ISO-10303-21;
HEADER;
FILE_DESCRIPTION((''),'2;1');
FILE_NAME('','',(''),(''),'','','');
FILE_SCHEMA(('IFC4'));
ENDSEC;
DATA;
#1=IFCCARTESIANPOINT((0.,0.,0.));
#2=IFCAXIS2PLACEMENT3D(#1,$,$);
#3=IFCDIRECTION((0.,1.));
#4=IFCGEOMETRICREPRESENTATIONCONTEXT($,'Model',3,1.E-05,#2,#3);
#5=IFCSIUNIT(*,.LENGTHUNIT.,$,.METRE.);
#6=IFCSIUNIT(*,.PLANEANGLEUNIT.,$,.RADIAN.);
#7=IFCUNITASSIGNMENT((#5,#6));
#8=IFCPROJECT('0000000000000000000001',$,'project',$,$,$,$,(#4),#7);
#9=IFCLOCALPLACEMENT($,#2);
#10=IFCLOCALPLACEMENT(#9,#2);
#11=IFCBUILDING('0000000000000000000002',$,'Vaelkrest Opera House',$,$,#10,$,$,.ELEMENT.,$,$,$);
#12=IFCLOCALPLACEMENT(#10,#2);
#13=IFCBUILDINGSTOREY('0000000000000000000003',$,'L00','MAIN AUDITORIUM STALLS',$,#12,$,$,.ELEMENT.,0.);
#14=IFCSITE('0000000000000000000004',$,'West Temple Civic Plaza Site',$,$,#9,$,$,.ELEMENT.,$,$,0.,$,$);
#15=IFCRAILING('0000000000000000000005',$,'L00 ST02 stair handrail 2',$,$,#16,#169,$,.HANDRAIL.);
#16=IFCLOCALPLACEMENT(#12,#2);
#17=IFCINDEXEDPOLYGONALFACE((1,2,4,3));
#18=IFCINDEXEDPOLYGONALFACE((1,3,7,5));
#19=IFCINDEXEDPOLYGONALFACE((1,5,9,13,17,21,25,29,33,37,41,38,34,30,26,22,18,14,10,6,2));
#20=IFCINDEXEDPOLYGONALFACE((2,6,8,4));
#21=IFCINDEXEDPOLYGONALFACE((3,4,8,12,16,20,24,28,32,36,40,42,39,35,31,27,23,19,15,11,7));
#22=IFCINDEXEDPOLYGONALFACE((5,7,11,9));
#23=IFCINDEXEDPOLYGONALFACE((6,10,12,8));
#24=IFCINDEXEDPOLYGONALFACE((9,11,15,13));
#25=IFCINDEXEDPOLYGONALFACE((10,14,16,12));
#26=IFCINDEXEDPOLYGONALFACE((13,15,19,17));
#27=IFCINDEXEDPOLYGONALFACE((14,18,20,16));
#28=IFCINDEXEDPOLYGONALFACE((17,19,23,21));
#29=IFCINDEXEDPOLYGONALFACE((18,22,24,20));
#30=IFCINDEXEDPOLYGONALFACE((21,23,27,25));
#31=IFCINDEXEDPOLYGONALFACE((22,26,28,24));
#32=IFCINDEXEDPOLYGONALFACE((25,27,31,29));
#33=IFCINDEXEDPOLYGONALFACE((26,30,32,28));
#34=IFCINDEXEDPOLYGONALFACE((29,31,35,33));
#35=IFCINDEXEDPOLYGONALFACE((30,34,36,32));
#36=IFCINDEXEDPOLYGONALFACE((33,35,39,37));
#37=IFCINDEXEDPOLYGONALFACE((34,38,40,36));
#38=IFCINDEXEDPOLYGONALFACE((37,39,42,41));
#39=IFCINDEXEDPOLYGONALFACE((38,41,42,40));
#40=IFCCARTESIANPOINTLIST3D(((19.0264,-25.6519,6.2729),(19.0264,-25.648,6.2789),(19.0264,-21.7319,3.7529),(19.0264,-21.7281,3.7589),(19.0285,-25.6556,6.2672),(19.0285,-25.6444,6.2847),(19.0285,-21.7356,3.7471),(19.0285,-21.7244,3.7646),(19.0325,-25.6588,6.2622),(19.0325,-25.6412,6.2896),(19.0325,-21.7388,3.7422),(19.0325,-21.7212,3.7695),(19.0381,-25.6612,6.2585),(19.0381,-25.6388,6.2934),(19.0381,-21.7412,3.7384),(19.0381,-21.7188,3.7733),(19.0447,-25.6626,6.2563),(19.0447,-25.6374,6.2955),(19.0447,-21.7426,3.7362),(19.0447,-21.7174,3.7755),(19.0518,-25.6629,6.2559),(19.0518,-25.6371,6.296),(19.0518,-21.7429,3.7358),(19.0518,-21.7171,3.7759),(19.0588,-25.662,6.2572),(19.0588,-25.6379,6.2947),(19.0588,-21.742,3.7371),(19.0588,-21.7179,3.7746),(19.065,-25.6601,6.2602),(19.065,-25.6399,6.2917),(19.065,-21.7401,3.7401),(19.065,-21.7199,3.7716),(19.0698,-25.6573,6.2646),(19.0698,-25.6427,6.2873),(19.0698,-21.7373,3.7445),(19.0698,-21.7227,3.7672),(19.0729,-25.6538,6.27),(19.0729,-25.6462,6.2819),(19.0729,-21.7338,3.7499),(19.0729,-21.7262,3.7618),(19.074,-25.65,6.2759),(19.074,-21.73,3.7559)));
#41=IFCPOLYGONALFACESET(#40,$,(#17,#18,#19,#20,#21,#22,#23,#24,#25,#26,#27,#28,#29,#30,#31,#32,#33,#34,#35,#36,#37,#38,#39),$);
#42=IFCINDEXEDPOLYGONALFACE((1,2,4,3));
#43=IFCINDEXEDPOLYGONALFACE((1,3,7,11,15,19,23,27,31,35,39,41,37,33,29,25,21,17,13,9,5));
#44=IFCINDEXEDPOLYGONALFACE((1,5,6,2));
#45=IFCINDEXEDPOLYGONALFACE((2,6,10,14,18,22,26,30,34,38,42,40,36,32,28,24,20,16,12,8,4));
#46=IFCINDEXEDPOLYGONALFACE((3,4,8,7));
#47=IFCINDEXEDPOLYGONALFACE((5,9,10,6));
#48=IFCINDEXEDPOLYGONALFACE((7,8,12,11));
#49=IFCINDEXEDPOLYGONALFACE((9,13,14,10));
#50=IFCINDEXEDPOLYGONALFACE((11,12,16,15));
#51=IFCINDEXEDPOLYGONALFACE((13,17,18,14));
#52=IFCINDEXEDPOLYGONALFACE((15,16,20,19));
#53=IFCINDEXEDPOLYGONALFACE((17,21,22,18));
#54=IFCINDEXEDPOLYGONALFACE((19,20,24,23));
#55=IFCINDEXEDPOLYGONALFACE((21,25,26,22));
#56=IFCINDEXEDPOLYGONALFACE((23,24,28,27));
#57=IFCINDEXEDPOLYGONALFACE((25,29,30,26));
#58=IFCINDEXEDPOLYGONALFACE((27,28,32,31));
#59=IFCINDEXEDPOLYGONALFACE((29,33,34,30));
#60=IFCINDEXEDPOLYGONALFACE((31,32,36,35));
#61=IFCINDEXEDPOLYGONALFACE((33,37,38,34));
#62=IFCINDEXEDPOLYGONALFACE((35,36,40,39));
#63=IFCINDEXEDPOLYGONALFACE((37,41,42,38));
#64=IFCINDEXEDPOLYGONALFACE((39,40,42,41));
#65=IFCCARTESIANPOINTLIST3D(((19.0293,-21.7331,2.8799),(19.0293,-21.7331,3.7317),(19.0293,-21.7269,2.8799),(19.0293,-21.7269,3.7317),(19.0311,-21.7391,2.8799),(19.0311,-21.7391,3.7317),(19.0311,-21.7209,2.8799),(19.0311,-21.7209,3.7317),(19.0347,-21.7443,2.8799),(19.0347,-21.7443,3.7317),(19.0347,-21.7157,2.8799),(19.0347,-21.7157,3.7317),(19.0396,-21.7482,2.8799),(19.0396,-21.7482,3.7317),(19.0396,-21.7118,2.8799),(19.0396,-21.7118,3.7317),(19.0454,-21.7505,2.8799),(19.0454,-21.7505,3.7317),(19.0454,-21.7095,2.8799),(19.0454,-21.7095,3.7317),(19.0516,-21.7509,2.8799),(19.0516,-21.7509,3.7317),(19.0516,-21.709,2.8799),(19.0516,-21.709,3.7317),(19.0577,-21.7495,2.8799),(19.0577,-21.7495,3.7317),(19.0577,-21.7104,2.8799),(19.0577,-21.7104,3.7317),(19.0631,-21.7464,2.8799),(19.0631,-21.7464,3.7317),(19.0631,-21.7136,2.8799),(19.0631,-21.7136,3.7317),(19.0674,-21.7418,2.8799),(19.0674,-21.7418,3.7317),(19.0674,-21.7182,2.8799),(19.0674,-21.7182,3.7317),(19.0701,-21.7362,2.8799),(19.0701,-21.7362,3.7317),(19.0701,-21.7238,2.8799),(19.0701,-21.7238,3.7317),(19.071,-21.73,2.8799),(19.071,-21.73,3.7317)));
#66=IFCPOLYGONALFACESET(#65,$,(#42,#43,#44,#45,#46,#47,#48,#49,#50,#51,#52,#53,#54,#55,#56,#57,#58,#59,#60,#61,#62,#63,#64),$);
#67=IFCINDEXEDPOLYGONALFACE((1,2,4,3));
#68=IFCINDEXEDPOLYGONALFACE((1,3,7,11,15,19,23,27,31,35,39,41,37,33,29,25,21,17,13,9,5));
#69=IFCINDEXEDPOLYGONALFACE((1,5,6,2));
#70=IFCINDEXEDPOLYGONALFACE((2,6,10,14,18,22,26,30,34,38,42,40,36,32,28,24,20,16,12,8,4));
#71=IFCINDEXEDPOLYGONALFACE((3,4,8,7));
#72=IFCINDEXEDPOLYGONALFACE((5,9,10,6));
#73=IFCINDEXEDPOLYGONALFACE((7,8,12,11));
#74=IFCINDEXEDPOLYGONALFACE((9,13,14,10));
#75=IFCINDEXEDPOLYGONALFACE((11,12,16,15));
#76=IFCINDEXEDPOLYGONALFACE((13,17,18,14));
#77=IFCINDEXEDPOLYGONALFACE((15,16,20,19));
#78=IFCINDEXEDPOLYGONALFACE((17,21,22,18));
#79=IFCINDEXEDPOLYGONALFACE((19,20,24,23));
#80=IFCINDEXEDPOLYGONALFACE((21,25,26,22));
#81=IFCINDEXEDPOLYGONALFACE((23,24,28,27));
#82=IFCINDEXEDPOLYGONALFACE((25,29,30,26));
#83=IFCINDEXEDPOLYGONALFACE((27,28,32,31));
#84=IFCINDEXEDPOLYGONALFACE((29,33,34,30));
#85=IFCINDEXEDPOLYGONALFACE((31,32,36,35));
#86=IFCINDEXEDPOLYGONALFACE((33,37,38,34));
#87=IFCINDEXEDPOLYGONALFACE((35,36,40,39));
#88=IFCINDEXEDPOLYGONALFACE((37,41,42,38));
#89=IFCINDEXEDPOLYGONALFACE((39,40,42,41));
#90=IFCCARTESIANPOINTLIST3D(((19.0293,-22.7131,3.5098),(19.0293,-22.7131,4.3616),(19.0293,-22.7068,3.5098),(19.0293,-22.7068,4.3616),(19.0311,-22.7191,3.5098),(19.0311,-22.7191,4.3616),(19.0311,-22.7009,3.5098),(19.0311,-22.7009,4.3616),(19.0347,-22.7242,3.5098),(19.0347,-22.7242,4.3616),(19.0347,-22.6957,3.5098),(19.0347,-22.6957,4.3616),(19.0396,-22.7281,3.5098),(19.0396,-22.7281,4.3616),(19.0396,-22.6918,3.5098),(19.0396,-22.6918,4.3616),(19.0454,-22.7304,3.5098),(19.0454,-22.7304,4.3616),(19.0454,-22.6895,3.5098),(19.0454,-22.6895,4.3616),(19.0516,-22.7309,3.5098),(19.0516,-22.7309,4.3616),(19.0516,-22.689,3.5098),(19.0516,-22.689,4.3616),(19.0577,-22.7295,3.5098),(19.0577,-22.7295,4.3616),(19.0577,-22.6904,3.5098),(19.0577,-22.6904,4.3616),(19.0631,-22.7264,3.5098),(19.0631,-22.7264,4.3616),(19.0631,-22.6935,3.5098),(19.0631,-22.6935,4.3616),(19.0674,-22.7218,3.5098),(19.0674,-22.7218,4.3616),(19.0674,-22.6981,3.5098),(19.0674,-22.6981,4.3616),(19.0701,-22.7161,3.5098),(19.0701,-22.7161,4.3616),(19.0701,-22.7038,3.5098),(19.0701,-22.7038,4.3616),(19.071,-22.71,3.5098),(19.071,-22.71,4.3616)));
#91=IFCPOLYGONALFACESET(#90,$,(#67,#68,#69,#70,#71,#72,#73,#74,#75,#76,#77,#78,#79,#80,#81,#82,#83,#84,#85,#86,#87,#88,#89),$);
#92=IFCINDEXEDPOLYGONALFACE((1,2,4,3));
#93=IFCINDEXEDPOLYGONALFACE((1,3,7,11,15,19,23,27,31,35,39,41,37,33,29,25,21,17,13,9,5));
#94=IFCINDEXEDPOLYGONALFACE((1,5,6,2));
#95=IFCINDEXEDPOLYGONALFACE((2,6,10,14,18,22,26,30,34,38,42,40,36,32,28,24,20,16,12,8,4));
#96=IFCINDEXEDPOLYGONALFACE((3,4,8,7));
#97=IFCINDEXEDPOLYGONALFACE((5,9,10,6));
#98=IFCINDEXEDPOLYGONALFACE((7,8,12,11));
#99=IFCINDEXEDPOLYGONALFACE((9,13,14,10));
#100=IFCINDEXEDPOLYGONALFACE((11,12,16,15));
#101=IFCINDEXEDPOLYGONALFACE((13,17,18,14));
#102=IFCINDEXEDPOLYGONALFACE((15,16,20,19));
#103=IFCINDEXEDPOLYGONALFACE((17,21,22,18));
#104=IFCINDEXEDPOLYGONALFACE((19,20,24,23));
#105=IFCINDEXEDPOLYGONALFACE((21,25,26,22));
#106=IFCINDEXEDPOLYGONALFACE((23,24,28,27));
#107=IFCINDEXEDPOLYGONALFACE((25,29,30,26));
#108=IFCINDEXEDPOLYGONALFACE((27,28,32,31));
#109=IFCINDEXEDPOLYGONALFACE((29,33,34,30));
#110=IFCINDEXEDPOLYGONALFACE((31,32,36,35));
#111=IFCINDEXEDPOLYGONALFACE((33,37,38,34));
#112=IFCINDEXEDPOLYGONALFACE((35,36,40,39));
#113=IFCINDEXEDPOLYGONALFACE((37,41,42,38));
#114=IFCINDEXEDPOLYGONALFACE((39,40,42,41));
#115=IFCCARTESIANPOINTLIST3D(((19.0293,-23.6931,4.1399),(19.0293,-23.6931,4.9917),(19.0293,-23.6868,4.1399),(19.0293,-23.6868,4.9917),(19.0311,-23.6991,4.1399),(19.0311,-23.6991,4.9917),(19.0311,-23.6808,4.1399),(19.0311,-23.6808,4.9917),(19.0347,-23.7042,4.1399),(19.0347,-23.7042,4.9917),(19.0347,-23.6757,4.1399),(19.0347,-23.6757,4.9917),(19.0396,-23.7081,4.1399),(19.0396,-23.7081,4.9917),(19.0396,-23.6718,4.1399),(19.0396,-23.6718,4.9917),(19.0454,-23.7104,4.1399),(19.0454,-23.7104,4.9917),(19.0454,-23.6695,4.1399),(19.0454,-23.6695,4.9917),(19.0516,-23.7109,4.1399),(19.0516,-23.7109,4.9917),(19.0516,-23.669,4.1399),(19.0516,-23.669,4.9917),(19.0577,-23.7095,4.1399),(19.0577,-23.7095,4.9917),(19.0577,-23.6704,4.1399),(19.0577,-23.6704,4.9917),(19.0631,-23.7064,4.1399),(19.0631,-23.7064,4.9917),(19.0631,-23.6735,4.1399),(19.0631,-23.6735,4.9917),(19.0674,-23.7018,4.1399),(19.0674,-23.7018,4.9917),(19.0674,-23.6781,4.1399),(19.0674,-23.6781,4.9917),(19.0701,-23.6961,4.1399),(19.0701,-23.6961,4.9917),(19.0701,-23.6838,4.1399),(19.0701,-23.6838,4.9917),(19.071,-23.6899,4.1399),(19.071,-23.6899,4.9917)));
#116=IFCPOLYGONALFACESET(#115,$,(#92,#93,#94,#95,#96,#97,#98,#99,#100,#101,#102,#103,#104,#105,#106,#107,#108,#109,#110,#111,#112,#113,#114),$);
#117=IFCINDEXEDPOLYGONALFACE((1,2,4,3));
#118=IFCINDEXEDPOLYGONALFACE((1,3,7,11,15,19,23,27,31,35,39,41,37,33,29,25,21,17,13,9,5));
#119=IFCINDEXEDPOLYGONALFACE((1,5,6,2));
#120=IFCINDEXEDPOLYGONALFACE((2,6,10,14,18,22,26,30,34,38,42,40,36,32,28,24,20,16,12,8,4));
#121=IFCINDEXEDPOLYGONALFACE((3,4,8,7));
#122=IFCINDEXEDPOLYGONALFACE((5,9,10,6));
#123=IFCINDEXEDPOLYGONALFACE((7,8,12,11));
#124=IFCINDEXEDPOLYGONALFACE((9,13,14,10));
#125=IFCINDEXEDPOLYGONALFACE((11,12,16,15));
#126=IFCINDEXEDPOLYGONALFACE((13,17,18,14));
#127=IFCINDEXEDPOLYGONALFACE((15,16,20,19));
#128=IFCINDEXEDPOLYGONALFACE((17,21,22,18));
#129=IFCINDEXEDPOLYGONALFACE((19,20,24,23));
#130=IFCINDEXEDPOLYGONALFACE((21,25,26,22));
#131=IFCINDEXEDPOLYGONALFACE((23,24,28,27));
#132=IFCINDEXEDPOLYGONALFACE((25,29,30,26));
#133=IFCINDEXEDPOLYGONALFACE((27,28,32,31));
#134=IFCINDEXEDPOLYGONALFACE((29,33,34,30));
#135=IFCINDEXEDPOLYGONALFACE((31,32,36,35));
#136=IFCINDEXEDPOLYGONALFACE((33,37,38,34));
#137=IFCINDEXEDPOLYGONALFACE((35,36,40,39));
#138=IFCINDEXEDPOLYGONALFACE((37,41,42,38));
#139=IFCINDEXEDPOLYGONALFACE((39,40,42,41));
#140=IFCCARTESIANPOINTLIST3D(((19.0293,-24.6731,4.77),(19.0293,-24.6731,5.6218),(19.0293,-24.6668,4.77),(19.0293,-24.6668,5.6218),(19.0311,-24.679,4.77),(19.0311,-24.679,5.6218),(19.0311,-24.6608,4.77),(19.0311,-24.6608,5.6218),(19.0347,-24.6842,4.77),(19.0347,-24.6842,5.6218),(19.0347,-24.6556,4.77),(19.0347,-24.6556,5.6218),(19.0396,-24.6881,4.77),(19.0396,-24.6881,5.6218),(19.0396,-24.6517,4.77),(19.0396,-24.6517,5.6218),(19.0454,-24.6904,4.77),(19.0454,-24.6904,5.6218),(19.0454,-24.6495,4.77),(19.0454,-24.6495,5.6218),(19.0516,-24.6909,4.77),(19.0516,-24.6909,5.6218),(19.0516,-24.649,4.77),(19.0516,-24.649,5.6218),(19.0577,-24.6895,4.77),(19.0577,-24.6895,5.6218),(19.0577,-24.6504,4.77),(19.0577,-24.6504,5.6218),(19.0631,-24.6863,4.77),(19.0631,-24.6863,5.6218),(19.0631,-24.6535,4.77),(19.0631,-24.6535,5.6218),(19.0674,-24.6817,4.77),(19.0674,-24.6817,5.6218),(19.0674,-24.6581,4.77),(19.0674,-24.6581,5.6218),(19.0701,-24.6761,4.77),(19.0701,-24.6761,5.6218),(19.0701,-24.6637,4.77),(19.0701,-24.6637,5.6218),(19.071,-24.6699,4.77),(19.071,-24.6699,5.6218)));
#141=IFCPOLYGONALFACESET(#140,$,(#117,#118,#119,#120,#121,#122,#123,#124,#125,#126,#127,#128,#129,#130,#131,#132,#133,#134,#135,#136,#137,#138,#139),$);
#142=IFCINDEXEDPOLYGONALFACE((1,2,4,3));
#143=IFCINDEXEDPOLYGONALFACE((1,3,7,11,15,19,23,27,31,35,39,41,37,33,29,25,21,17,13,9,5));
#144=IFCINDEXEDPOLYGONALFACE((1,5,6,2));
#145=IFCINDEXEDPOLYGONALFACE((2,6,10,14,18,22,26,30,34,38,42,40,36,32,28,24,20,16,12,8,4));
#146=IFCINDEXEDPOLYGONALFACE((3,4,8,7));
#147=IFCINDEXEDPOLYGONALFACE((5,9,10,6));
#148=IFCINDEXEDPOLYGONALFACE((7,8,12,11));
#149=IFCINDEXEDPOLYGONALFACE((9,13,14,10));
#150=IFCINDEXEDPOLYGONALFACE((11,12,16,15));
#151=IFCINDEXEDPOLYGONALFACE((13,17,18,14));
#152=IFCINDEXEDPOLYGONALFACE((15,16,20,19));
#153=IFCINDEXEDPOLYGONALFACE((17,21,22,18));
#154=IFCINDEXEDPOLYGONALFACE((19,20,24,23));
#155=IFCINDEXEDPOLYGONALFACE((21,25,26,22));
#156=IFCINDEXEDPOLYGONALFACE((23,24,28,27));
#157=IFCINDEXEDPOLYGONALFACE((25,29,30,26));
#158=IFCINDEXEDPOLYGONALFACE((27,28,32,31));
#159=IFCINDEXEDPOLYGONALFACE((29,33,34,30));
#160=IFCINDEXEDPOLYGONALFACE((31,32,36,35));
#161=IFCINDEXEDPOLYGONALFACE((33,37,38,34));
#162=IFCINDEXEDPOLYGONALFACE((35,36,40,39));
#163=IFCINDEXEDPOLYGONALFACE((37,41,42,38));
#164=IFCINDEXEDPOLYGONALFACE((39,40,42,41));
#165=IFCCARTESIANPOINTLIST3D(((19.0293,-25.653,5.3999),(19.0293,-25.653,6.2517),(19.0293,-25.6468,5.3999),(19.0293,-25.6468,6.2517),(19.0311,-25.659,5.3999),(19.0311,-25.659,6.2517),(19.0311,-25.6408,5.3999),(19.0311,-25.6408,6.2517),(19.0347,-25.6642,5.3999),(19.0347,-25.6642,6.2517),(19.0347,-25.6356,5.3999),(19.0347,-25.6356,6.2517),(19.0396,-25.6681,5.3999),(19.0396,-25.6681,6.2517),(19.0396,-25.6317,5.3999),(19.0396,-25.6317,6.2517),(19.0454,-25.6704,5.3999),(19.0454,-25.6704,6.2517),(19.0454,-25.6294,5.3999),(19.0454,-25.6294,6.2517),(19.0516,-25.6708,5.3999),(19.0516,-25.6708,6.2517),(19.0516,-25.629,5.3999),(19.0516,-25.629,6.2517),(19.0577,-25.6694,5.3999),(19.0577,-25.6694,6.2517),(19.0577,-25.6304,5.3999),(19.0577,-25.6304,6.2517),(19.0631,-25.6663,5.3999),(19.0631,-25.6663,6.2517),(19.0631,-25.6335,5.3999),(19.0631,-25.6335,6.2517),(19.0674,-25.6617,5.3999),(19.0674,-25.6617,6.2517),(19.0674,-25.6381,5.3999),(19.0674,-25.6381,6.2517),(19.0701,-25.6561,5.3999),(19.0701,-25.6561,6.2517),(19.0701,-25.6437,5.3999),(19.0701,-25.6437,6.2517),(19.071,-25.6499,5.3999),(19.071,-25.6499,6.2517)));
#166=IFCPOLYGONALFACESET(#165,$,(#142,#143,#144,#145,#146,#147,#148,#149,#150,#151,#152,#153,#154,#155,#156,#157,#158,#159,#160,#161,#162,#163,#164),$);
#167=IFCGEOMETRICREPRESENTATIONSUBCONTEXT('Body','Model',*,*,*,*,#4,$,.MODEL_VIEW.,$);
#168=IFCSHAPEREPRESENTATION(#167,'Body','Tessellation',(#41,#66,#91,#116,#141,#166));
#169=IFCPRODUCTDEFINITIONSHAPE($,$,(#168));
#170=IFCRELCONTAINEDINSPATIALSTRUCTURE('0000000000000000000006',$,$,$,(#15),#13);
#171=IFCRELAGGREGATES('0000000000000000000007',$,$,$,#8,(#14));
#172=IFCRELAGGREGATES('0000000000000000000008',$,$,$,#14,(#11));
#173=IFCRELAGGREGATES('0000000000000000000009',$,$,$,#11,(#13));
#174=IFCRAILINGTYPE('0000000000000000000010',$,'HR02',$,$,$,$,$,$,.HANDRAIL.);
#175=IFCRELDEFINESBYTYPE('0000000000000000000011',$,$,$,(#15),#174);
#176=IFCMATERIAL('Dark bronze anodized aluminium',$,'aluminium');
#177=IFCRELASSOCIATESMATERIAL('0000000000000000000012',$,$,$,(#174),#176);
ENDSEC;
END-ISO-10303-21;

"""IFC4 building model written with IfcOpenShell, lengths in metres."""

from ifc_helpers import new_model, si_unit, direction, frame, origin, origin_2d, place, context, subcontext, project, spatial, circle, extrude, material, type_object, element, save


model = new_model("IFC4")

# Units and contexts
model_context = context("Model", 3, precision=1e-05, world=origin(), true_north=direction((0.0, 1.0)))
body_context = subcontext(model_context, "Body", "Model", "MODEL_VIEW")
ifc_project = project(units=[si_unit("LENGTHUNIT", "METRE"), si_unit("PLANEANGLEUNIT", "RADIAN")], contexts=[model_context])

# Site, building, storey
site_placement = place(None, origin())
site = spatial("IfcSite", under=ifc_project, at=site_placement, Name="West Temple Civic Plaza Site", CompositionType="ELEMENT", RefElevation=0.0)
building_placement = place(site_placement, origin())
building = spatial("IfcBuilding", under=site, at=building_placement, Name="Vaelkrest Opera House", CompositionType="ELEMENT")
storey_placement = place(building_placement, origin())
storey = spatial("IfcBuildingStorey", under=building, at=storey_placement, Name="L00", Description="MAIN AUDITORIUM STALLS", CompositionType="ELEMENT", Elevation=0.0)

# Railing
ifc_material_1 = material(Name="Dark bronze anodized aluminium", Category="aluminium")
railing_type_1 = type_object("IfcRailingType", Name="HR02", PredefinedType="HANDRAIL", material=ifc_material_1)
railing_1_placement = place(storey_placement, frame((19.05, -21.73, 2.8799)))
element("IfcRailing", 1, at=railing_1_placement, inside=storey, type_object=railing_type_1, Name="L00 ST02 stair handrail 2", PredefinedType="HANDRAIL", context=body_context, shape_type="SweptSolid", body=[
    extrude(circle(Radius=0.0239, at=origin_2d()), frame((0.0, 0.0, 0.876), z_axis=(0.0, -0.841172, 0.540768), x_axis=(1.0, 0.0, 0.0)), (0.0, 0.0, 1.0), 4.6602),
    extrude(circle(Radius=0.021, at=origin_2d()), origin(), (0.0, 0.0, 1.0), 0.8518),
    extrude(circle(Radius=0.021, at=origin_2d()), frame((0.0, -0.98, 0.6299)), (0.0, 0.0, 1.0), 0.8518),
    extrude(circle(Radius=0.021, at=origin_2d()), frame((0.0, -1.96, 1.26)), (0.0, 0.0, 1.0), 0.8518),
    extrude(circle(Radius=0.021, at=origin_2d()), frame((0.0, -2.9399, 1.8901)), (0.0, 0.0, 1.0), 0.8518),
    extrude(circle(Radius=0.021, at=origin_2d()), frame((0.0, -3.9199, 2.52)), (0.0, 0.0, 1.0), 0.8518),
])

save(model, "model.ifc")
